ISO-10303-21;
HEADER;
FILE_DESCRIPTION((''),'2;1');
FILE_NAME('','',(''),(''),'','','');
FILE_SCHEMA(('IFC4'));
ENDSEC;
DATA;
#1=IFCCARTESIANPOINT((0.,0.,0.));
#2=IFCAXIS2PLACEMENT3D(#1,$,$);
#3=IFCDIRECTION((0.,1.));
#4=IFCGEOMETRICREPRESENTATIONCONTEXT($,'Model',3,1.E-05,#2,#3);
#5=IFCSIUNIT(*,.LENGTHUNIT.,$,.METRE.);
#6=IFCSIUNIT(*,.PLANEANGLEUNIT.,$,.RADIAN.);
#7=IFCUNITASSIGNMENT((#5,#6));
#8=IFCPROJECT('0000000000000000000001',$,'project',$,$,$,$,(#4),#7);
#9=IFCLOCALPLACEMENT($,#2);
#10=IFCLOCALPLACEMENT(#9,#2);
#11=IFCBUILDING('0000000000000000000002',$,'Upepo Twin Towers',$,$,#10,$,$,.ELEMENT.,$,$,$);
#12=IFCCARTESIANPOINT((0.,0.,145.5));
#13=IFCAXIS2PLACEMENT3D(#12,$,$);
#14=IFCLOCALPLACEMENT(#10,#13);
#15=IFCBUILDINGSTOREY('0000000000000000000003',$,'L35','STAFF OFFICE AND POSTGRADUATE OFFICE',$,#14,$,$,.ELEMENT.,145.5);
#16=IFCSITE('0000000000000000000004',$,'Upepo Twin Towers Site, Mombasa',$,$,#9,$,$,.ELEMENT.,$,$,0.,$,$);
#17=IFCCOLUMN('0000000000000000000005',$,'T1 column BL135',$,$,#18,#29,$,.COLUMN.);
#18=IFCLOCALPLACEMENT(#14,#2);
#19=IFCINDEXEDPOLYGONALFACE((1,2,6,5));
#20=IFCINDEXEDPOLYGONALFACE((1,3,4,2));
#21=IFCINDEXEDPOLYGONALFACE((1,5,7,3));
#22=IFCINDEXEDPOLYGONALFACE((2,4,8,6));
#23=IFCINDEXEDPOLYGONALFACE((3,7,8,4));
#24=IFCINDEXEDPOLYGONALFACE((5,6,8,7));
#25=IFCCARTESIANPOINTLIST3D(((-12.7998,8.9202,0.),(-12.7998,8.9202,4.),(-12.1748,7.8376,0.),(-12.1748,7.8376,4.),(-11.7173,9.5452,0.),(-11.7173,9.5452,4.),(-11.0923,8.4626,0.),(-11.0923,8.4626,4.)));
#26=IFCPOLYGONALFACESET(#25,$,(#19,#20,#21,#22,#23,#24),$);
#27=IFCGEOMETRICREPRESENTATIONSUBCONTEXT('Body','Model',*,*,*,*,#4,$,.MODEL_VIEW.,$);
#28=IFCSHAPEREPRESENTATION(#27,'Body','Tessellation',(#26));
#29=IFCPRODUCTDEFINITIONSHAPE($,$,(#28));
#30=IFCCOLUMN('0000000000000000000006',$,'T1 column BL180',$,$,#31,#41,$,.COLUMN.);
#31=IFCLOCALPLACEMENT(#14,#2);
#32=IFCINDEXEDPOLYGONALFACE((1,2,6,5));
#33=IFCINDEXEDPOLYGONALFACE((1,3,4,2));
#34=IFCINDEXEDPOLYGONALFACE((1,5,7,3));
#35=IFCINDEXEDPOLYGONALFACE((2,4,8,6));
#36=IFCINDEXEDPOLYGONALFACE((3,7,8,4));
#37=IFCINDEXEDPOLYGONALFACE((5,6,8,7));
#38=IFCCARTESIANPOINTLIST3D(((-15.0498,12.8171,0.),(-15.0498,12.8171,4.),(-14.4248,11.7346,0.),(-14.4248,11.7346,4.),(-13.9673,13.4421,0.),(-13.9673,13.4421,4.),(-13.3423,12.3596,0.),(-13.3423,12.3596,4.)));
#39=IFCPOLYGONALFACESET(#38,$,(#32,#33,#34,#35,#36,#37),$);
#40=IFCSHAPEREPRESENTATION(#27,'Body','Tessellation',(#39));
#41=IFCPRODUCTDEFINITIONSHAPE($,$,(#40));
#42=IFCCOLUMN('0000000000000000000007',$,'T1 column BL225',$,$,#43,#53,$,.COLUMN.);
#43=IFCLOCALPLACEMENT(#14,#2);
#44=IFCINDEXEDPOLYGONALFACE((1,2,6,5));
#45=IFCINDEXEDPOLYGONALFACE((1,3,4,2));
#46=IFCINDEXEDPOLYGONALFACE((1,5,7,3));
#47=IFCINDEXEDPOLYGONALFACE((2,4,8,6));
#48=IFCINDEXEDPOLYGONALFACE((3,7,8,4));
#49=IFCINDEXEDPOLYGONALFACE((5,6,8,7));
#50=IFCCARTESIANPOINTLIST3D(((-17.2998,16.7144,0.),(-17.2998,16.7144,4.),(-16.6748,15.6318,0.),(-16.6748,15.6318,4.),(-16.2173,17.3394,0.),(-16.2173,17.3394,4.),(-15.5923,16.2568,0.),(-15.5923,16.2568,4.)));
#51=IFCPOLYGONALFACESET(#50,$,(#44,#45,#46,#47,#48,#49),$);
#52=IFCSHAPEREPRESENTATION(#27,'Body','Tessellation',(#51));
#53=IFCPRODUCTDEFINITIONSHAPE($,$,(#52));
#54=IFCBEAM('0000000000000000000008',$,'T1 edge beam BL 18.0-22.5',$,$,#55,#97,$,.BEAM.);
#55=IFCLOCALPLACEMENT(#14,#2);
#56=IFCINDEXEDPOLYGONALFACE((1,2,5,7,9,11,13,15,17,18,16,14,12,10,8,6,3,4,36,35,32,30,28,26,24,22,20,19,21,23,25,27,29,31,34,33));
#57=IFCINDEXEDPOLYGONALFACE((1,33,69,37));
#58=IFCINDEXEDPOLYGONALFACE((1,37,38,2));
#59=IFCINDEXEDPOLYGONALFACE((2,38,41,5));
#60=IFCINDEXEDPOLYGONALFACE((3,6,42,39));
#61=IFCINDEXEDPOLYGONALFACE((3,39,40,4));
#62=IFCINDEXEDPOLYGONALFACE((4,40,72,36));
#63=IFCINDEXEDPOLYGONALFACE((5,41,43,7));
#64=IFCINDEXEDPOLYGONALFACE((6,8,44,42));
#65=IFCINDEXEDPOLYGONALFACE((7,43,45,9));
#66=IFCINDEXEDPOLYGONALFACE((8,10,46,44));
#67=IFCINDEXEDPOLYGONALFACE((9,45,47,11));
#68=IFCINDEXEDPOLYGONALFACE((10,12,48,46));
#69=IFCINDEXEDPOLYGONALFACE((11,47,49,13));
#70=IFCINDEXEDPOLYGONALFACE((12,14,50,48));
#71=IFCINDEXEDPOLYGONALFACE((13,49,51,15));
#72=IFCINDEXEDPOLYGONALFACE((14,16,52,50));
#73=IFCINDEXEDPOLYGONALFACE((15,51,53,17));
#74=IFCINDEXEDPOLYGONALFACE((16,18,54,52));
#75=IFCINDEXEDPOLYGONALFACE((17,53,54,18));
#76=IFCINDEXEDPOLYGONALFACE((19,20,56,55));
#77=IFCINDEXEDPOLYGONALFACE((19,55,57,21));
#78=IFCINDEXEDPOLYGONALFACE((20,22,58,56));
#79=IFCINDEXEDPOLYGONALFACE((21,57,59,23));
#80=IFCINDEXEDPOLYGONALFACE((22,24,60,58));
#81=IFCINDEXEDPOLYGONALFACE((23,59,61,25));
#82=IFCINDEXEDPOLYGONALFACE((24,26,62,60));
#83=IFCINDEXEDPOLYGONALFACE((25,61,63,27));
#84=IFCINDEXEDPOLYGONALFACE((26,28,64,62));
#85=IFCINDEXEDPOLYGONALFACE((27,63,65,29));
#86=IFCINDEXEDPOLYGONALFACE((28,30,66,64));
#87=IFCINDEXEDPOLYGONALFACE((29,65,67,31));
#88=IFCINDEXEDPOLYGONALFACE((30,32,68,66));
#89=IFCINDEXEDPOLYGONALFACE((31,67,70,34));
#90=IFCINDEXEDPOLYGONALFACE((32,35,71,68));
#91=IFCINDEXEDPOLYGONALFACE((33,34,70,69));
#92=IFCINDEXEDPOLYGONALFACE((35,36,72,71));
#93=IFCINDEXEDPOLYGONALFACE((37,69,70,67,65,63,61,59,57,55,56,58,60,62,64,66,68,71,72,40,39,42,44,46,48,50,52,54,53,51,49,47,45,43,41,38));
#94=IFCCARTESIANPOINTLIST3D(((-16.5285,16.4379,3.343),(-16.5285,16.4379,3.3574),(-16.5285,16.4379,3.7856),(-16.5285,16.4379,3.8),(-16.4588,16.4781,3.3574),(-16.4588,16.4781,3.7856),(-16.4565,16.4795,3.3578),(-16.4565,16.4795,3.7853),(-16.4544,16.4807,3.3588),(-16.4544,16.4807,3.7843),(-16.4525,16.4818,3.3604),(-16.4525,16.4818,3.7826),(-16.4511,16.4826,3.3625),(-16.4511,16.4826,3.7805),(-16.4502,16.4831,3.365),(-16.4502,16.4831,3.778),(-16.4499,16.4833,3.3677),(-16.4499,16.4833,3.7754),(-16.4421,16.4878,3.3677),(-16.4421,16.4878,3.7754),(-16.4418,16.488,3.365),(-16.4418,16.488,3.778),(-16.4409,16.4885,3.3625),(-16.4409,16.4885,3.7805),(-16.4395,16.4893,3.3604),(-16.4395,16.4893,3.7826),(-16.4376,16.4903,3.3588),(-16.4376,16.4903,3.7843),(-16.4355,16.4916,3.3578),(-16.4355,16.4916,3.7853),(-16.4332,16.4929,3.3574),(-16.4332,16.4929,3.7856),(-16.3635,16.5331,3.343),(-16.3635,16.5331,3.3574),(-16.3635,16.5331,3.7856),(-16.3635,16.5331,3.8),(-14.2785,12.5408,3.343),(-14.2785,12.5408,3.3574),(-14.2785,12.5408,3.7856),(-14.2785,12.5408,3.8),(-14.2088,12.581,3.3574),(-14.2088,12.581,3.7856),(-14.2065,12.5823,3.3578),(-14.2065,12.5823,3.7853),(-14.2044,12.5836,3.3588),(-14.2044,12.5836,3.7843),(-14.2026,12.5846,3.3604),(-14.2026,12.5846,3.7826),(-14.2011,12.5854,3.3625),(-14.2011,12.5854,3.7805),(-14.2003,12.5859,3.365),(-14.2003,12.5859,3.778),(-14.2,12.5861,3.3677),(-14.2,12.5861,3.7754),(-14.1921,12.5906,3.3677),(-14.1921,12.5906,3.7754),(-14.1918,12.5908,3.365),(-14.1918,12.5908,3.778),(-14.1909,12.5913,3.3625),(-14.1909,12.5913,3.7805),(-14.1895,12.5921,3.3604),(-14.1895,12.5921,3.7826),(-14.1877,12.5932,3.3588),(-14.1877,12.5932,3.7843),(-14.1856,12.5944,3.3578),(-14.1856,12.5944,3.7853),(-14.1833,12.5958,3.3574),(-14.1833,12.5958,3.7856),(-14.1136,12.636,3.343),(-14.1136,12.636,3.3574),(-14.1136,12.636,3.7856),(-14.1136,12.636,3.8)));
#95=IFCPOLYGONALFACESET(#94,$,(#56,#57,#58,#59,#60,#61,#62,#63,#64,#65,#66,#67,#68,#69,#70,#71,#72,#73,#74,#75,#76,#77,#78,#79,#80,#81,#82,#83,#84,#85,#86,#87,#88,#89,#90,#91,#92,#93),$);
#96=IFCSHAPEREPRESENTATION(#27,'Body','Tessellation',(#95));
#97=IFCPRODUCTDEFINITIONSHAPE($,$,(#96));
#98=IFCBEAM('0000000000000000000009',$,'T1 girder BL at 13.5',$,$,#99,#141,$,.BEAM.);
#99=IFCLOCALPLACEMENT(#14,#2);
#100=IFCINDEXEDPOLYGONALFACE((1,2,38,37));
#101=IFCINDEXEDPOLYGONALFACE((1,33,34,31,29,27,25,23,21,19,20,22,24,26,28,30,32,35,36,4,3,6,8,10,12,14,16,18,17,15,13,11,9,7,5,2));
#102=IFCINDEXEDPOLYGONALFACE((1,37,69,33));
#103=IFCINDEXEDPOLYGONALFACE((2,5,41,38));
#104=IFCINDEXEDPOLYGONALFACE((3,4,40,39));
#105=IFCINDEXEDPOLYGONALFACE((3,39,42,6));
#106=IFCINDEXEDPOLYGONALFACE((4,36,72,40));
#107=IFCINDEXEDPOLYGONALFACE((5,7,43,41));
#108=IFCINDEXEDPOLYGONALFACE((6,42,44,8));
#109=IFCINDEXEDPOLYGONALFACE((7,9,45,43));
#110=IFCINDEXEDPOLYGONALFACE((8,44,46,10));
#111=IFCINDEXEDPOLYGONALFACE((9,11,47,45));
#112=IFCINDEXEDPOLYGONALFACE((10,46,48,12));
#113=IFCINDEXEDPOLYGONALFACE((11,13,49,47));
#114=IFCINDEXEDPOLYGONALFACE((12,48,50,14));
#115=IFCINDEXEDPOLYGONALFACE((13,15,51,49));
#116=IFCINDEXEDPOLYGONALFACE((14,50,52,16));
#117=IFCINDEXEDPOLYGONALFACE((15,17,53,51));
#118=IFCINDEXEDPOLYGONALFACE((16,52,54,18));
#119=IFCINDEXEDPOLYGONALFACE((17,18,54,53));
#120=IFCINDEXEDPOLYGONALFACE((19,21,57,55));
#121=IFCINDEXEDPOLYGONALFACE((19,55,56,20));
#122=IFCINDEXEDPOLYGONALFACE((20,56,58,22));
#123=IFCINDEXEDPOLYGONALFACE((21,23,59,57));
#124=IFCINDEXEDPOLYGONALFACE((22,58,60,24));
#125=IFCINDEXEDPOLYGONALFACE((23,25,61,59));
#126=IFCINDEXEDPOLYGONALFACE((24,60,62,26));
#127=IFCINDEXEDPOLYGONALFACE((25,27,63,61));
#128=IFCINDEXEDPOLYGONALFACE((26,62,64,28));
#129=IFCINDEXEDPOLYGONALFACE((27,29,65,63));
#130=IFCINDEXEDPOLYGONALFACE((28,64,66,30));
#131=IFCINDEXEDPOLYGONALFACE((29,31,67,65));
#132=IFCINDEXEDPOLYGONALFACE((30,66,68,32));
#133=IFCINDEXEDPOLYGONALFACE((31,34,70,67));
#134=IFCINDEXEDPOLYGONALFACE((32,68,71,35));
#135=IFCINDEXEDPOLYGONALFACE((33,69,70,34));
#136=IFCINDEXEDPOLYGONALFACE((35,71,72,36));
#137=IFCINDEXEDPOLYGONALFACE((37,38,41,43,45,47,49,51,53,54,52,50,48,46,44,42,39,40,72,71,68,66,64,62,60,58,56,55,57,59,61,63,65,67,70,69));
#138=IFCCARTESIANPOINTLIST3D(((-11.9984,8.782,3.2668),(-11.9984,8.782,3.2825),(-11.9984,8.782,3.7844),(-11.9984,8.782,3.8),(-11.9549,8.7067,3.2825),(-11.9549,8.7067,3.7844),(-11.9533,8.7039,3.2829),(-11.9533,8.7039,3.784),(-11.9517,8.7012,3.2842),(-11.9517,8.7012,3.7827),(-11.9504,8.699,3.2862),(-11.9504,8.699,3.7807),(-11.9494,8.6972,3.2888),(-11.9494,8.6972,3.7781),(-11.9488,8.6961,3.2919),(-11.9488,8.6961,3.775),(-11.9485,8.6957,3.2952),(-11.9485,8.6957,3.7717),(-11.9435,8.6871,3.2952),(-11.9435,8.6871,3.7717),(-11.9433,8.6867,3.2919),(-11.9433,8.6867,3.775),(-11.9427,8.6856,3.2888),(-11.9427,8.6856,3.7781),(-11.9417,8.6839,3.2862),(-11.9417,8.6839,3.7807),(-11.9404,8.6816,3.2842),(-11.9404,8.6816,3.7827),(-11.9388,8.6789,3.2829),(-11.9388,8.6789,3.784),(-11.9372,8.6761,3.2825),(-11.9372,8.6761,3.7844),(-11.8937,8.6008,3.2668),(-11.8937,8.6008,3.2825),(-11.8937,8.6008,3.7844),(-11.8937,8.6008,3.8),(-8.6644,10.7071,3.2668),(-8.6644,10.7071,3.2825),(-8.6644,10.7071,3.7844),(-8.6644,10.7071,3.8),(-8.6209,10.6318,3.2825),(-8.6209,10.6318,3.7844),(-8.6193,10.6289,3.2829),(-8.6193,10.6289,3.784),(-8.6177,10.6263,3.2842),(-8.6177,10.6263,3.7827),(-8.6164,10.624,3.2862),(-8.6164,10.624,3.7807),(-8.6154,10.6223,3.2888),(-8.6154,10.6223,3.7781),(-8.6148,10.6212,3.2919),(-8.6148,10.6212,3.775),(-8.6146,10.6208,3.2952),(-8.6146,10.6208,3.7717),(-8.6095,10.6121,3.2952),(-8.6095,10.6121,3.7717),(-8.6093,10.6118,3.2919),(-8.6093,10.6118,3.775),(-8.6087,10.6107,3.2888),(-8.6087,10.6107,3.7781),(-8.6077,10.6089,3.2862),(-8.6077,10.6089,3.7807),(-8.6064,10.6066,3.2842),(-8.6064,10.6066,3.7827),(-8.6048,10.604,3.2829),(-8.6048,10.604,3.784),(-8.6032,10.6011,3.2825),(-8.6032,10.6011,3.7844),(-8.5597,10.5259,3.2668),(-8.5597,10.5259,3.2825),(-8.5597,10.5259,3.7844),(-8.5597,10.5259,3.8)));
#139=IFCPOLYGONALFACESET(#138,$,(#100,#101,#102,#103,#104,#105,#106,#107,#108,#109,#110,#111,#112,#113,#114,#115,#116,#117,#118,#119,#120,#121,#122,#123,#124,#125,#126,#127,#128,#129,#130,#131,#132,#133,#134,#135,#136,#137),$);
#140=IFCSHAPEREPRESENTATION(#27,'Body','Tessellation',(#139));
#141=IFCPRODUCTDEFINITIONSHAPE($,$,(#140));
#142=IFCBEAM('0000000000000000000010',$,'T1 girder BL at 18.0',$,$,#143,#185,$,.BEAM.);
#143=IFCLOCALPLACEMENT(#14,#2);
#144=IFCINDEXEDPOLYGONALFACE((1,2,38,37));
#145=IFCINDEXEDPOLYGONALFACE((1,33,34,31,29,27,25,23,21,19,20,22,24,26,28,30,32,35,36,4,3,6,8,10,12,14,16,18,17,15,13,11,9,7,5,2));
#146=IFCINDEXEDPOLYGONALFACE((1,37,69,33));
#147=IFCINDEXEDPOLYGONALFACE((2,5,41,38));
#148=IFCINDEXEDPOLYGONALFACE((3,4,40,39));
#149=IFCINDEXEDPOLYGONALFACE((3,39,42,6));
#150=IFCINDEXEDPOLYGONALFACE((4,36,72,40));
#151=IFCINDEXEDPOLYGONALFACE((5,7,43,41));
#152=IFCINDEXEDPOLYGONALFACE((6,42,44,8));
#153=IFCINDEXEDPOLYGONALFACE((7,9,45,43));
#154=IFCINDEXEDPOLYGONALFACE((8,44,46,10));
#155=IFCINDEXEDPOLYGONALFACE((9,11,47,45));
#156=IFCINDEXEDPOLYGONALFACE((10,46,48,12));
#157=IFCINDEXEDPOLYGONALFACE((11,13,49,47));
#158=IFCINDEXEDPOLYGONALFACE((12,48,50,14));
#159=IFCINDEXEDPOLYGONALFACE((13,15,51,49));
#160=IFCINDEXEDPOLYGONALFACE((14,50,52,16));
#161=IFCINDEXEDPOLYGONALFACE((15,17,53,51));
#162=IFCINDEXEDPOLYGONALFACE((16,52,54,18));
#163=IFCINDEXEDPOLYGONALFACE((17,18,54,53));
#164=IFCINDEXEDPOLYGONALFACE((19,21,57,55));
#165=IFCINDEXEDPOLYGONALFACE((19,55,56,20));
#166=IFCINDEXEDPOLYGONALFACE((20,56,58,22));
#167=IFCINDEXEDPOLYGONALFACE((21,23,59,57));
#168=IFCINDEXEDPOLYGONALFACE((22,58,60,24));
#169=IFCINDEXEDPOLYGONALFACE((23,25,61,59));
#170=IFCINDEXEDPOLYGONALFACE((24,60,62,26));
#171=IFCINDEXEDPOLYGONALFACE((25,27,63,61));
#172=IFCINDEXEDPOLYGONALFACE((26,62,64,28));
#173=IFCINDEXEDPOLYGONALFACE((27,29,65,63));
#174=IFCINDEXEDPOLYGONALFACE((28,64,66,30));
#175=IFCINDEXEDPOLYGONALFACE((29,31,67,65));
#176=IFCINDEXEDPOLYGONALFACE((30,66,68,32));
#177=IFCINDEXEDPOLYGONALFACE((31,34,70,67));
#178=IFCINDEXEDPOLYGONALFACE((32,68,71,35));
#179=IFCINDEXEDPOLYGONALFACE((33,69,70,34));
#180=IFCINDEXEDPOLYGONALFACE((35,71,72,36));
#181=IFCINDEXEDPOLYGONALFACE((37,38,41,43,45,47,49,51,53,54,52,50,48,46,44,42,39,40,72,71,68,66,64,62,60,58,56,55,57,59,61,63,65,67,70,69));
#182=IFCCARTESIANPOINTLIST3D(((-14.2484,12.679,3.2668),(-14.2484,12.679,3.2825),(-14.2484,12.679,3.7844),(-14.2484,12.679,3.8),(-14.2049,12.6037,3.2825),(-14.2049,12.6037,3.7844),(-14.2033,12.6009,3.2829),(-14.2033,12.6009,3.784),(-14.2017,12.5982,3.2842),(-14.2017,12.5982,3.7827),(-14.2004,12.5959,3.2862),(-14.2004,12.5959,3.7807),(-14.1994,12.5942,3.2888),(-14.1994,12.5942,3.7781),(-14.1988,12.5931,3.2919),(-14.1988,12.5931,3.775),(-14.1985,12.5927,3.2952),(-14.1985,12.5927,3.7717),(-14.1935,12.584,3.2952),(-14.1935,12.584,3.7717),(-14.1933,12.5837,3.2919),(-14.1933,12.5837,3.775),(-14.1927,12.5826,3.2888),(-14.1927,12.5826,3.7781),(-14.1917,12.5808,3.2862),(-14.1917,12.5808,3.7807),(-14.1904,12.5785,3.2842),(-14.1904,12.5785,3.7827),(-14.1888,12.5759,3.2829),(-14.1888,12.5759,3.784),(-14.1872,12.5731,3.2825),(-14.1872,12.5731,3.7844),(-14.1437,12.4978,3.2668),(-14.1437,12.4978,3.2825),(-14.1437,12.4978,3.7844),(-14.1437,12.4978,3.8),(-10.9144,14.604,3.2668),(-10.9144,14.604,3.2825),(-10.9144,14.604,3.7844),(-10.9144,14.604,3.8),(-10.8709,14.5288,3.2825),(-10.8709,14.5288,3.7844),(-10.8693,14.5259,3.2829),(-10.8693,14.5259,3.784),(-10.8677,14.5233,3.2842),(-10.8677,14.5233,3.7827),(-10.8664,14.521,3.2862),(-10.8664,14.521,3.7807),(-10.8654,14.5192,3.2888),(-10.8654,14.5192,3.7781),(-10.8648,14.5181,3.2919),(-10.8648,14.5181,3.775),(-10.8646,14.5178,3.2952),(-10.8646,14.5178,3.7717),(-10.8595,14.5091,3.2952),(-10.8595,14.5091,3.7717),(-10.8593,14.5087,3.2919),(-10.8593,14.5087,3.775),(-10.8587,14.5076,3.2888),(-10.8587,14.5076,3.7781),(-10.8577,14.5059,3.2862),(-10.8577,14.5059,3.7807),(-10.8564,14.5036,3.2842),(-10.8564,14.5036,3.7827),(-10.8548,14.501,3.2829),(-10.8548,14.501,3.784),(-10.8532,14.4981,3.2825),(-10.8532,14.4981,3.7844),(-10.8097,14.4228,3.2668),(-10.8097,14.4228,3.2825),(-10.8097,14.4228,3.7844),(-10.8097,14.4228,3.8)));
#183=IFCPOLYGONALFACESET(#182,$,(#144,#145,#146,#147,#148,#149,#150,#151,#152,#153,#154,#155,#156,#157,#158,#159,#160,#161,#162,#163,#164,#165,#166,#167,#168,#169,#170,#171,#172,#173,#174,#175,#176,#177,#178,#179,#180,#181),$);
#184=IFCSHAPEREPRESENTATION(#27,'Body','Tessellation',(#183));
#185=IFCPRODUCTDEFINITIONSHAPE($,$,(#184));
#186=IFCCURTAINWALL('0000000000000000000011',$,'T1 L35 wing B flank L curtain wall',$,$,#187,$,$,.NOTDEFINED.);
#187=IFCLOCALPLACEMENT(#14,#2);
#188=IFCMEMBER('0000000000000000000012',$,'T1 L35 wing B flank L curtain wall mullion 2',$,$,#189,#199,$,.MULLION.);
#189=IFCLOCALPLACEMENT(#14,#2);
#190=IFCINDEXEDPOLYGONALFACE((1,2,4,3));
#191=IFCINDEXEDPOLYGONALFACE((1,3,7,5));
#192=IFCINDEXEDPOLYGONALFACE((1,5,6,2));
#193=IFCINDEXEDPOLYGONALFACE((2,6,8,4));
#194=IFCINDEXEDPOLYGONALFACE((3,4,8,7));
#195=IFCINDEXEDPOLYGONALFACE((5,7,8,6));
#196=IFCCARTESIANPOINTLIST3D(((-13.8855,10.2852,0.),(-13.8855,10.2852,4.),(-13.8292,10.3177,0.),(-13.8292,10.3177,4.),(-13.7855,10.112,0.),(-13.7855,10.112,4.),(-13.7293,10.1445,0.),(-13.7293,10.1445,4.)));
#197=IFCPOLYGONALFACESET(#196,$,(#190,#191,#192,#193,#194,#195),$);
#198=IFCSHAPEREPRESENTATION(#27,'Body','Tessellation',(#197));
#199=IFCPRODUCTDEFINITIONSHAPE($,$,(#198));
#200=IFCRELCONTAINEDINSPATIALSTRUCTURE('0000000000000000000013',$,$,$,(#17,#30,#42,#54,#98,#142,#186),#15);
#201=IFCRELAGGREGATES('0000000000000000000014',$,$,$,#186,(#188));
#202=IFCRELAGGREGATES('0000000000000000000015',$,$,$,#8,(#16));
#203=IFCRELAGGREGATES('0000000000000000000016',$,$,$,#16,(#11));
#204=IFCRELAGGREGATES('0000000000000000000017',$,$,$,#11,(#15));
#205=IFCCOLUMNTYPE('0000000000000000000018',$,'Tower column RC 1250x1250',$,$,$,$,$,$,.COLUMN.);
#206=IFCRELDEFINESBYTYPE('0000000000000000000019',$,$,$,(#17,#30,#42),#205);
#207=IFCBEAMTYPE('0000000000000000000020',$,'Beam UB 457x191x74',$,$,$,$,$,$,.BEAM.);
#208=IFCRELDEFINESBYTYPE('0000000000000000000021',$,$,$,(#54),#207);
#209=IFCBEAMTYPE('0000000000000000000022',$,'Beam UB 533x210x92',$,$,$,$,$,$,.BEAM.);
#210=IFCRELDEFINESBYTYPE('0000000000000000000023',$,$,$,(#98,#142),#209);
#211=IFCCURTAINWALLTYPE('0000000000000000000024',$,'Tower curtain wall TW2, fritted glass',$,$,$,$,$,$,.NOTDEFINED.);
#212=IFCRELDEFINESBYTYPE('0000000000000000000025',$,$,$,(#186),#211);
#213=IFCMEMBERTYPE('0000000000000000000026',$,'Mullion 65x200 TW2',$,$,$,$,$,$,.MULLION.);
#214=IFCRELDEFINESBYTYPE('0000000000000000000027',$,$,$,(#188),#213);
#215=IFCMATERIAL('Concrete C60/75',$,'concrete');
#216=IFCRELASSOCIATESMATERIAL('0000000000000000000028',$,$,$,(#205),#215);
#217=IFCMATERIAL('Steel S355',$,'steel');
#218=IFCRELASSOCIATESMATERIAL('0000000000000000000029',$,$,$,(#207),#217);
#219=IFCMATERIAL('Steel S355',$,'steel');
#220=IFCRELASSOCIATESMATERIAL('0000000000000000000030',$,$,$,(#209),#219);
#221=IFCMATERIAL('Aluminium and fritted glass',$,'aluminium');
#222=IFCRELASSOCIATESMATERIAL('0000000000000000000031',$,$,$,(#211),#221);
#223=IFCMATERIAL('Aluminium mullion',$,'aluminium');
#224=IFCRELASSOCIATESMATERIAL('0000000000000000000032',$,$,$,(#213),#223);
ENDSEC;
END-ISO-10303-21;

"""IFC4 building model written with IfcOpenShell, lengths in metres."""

from ifc_helpers import new_model, si_unit, direction, frame, origin, origin_2d, place, context, subcontext, project, spatial, rectangle, i_section, extrude, material, material_profile, profile_set, type_object, element, aggregate, save


model = new_model("IFC4")

# Units and contexts
model_context = context("Model", 3, precision=1e-05, world=origin(), true_north=direction((0.0, 1.0)))
body_context = subcontext(model_context, "Body", "Model", "MODEL_VIEW")
ifc_project = project(units=[si_unit("LENGTHUNIT", "METRE"), si_unit("PLANEANGLEUNIT", "RADIAN")], contexts=[model_context])

# Site, building, storey
site_placement = place(None, origin())
site = spatial("IfcSite", under=ifc_project, at=site_placement, Name="Upepo Twin Towers Site, Mombasa", CompositionType="ELEMENT", RefElevation=0.0)
building_placement = place(site_placement, origin())
building = spatial("IfcBuilding", under=site, at=building_placement, Name="Upepo Twin Towers", CompositionType="ELEMENT")
storey_placement = place(building_placement, frame((0.0, 0.0, 145.5)))
storey = spatial("IfcBuildingStorey", under=building, at=storey_placement, Name="L35", Description="STAFF OFFICE AND POSTGRADUATE OFFICE", CompositionType="ELEMENT", Elevation=145.5)

# Columns
ifc_material_1 = material(Name="Concrete C60/75", Category="concrete")
ifc_material_profile_1 = material_profile(ifc_material_1, rectangle(XDim=1.25, YDim=1.25, at=origin_2d()), Name="RC 1250x1250")
ifc_profile_set_1 = profile_set([ifc_material_profile_1], Name="Concrete C60/75")
column_type = type_object("IfcColumnType", Name="Tower column RC 1250x1250", PredefinedType="COLUMN", material=ifc_profile_set_1)
for number, where, z_axis, x_axis, name in (
    (1, (-11.946, 8.6914, 0.0), (0.0, 0.0, 1.0), (0.866025, 0.5, 0.0), "T1 column BL135"),
    (2, (-14.196, 12.5884, 0.0), (0.0, 0.0, 1.0), (0.866025, 0.5, 0.0), "T1 column BL180"),
    (3, (-16.446, 16.4856, 0.0), (0.0, 0.0, 1.0), (0.866025, 0.5, 0.0), "T1 column BL225"),
):
    element("IfcColumn", number, at=place(storey_placement, frame(where, z_axis=z_axis, x_axis=x_axis)), inside=storey, type_object=column_type, Name=name, PredefinedType="COLUMN", context=body_context, shape_type="SweptSolid", body=[
        extrude(rectangle(XDim=1.25, YDim=1.25, at=origin_2d()), origin(), (0.0, 0.0, 1.0), 4.0),
    ])

# Beams
ifc_material_2 = material(Name="Steel S355", Category="steel")
ifc_material_profile_2 = material_profile(ifc_material_2, i_section(OverallWidth=0.1904, OverallDepth=0.457, WebThickness=0.009, FlangeThickness=0.0144, FilletRadius=0.0103, at=origin_2d()), Name="UB 457x191x74")
ifc_profile_set_2 = profile_set([ifc_material_profile_2], Name="Steel S355")
beam_type_1 = type_object("IfcBeamType", Name="Beam UB 457x191x74", PredefinedType="BEAM", material=ifc_profile_set_2)
beam_placement = place(storey_placement, frame((-14.196, 12.5884, 3.5715), z_axis=(-0.49999, 0.866031, 0.0), x_axis=(-0.866031, -0.49999, 0.0)))
element("IfcBeam", 4, at=beam_placement, inside=storey, type_object=beam_type_1, Name="T1 edge beam BL 18.0-22.5", PredefinedType="BEAM", context=body_context, shape_type="SweptSolid", body=[
    extrude(i_section(OverallWidth=0.1904, OverallDepth=0.457, WebThickness=0.009, FlangeThickness=0.0144, FilletRadius=0.0103, at=origin_2d()), origin(), (0.0, 0.0, 1.0), 4.5),
])
ifc_material_3 = material(Name="Steel S355", Category="steel")
ifc_material_profile_3 = material_profile(ifc_material_3, i_section(OverallWidth=0.2092, OverallDepth=0.5332, WebThickness=0.01, FlangeThickness=0.0156, FilletRadius=0.0127, at=origin_2d()), Name="UB 533x210x92")
ifc_profile_set_3 = profile_set([ifc_material_profile_3], Name="Steel S355")
beam_type_2 = type_object("IfcBeamType", Name="Beam UB 533x210x92", PredefinedType="BEAM", material=ifc_profile_set_3)
for number, where, z_axis, x_axis, name in (
    (5, (-11.946, 8.6914, 3.5334), (0.866006, 0.500034, 0.0), (-0.500034, 0.866006, 0.0), "T1 girder BL at 13.5"),
    (6, (-14.196, 12.5884, 3.5334), (0.866006, 0.500034, 0.0), (-0.500034, 0.866006, 0.0), "T1 girder BL at 18.0"),
):
    element("IfcBeam", number, at=place(storey_placement, frame(where, z_axis=z_axis, x_axis=x_axis)), inside=storey, type_object=beam_type_2, Name=name, PredefinedType="BEAM", context=body_context, shape_type="SweptSolid", body=[
        extrude(i_section(OverallWidth=0.2092, OverallDepth=0.5332, WebThickness=0.01, FlangeThickness=0.0156, FilletRadius=0.0127, at=origin_2d()), origin(), (0.0, 0.0, 1.0), 3.8499),
    ])

# Curtain wall, member
ifc_material_4 = material(Name="Aluminium and fritted glass", Category="aluminium")
curtain_wall_type = type_object("IfcCurtainWallType", Name="Tower curtain wall TW2, fritted glass", PredefinedType="NOTDEFINED", material=ifc_material_4)
curtain_wall_placement = place(storey_placement, origin())
curtain_wall = element("IfcCurtainWall", 7, at=curtain_wall_placement, inside=storey, type_object=curtain_wall_type, Name="T1 L35 wing B flank L curtain wall", PredefinedType="NOTDEFINED")
ifc_material_5 = material(Name="Aluminium mullion", Category="aluminium")
ifc_material_profile_4 = material_profile(ifc_material_5, rectangle(XDim=0.0649, YDim=0.2, at=origin_2d()), Name="MULLION 65x200")
ifc_profile_set_4 = profile_set([ifc_material_profile_4], Name="Aluminium mullion")
member_type_1 = type_object("IfcMemberType", Name="Mullion 65x200 TW2", PredefinedType="MULLION", material=ifc_profile_set_4)
member_1_placement = place(storey_placement, frame((-13.8074, 10.2148, 0.0), z_axis=(0.0, 0.0, 1.0), x_axis=(-0.866025, -0.5, 0.0)))
member_1 = element("IfcMember", 8, at=member_1_placement, type_object=member_type_1, Name="T1 L35 wing B flank L curtain wall mullion 2", PredefinedType="MULLION", context=body_context, shape_type="SweptSolid", body=[
    extrude(rectangle(XDim=0.0649, YDim=0.2, at=origin_2d()), origin(), (0.0, 0.0, 1.0), 4.0),
])
aggregate(curtain_wall, [member_1])

save(model, "model.ifc")
